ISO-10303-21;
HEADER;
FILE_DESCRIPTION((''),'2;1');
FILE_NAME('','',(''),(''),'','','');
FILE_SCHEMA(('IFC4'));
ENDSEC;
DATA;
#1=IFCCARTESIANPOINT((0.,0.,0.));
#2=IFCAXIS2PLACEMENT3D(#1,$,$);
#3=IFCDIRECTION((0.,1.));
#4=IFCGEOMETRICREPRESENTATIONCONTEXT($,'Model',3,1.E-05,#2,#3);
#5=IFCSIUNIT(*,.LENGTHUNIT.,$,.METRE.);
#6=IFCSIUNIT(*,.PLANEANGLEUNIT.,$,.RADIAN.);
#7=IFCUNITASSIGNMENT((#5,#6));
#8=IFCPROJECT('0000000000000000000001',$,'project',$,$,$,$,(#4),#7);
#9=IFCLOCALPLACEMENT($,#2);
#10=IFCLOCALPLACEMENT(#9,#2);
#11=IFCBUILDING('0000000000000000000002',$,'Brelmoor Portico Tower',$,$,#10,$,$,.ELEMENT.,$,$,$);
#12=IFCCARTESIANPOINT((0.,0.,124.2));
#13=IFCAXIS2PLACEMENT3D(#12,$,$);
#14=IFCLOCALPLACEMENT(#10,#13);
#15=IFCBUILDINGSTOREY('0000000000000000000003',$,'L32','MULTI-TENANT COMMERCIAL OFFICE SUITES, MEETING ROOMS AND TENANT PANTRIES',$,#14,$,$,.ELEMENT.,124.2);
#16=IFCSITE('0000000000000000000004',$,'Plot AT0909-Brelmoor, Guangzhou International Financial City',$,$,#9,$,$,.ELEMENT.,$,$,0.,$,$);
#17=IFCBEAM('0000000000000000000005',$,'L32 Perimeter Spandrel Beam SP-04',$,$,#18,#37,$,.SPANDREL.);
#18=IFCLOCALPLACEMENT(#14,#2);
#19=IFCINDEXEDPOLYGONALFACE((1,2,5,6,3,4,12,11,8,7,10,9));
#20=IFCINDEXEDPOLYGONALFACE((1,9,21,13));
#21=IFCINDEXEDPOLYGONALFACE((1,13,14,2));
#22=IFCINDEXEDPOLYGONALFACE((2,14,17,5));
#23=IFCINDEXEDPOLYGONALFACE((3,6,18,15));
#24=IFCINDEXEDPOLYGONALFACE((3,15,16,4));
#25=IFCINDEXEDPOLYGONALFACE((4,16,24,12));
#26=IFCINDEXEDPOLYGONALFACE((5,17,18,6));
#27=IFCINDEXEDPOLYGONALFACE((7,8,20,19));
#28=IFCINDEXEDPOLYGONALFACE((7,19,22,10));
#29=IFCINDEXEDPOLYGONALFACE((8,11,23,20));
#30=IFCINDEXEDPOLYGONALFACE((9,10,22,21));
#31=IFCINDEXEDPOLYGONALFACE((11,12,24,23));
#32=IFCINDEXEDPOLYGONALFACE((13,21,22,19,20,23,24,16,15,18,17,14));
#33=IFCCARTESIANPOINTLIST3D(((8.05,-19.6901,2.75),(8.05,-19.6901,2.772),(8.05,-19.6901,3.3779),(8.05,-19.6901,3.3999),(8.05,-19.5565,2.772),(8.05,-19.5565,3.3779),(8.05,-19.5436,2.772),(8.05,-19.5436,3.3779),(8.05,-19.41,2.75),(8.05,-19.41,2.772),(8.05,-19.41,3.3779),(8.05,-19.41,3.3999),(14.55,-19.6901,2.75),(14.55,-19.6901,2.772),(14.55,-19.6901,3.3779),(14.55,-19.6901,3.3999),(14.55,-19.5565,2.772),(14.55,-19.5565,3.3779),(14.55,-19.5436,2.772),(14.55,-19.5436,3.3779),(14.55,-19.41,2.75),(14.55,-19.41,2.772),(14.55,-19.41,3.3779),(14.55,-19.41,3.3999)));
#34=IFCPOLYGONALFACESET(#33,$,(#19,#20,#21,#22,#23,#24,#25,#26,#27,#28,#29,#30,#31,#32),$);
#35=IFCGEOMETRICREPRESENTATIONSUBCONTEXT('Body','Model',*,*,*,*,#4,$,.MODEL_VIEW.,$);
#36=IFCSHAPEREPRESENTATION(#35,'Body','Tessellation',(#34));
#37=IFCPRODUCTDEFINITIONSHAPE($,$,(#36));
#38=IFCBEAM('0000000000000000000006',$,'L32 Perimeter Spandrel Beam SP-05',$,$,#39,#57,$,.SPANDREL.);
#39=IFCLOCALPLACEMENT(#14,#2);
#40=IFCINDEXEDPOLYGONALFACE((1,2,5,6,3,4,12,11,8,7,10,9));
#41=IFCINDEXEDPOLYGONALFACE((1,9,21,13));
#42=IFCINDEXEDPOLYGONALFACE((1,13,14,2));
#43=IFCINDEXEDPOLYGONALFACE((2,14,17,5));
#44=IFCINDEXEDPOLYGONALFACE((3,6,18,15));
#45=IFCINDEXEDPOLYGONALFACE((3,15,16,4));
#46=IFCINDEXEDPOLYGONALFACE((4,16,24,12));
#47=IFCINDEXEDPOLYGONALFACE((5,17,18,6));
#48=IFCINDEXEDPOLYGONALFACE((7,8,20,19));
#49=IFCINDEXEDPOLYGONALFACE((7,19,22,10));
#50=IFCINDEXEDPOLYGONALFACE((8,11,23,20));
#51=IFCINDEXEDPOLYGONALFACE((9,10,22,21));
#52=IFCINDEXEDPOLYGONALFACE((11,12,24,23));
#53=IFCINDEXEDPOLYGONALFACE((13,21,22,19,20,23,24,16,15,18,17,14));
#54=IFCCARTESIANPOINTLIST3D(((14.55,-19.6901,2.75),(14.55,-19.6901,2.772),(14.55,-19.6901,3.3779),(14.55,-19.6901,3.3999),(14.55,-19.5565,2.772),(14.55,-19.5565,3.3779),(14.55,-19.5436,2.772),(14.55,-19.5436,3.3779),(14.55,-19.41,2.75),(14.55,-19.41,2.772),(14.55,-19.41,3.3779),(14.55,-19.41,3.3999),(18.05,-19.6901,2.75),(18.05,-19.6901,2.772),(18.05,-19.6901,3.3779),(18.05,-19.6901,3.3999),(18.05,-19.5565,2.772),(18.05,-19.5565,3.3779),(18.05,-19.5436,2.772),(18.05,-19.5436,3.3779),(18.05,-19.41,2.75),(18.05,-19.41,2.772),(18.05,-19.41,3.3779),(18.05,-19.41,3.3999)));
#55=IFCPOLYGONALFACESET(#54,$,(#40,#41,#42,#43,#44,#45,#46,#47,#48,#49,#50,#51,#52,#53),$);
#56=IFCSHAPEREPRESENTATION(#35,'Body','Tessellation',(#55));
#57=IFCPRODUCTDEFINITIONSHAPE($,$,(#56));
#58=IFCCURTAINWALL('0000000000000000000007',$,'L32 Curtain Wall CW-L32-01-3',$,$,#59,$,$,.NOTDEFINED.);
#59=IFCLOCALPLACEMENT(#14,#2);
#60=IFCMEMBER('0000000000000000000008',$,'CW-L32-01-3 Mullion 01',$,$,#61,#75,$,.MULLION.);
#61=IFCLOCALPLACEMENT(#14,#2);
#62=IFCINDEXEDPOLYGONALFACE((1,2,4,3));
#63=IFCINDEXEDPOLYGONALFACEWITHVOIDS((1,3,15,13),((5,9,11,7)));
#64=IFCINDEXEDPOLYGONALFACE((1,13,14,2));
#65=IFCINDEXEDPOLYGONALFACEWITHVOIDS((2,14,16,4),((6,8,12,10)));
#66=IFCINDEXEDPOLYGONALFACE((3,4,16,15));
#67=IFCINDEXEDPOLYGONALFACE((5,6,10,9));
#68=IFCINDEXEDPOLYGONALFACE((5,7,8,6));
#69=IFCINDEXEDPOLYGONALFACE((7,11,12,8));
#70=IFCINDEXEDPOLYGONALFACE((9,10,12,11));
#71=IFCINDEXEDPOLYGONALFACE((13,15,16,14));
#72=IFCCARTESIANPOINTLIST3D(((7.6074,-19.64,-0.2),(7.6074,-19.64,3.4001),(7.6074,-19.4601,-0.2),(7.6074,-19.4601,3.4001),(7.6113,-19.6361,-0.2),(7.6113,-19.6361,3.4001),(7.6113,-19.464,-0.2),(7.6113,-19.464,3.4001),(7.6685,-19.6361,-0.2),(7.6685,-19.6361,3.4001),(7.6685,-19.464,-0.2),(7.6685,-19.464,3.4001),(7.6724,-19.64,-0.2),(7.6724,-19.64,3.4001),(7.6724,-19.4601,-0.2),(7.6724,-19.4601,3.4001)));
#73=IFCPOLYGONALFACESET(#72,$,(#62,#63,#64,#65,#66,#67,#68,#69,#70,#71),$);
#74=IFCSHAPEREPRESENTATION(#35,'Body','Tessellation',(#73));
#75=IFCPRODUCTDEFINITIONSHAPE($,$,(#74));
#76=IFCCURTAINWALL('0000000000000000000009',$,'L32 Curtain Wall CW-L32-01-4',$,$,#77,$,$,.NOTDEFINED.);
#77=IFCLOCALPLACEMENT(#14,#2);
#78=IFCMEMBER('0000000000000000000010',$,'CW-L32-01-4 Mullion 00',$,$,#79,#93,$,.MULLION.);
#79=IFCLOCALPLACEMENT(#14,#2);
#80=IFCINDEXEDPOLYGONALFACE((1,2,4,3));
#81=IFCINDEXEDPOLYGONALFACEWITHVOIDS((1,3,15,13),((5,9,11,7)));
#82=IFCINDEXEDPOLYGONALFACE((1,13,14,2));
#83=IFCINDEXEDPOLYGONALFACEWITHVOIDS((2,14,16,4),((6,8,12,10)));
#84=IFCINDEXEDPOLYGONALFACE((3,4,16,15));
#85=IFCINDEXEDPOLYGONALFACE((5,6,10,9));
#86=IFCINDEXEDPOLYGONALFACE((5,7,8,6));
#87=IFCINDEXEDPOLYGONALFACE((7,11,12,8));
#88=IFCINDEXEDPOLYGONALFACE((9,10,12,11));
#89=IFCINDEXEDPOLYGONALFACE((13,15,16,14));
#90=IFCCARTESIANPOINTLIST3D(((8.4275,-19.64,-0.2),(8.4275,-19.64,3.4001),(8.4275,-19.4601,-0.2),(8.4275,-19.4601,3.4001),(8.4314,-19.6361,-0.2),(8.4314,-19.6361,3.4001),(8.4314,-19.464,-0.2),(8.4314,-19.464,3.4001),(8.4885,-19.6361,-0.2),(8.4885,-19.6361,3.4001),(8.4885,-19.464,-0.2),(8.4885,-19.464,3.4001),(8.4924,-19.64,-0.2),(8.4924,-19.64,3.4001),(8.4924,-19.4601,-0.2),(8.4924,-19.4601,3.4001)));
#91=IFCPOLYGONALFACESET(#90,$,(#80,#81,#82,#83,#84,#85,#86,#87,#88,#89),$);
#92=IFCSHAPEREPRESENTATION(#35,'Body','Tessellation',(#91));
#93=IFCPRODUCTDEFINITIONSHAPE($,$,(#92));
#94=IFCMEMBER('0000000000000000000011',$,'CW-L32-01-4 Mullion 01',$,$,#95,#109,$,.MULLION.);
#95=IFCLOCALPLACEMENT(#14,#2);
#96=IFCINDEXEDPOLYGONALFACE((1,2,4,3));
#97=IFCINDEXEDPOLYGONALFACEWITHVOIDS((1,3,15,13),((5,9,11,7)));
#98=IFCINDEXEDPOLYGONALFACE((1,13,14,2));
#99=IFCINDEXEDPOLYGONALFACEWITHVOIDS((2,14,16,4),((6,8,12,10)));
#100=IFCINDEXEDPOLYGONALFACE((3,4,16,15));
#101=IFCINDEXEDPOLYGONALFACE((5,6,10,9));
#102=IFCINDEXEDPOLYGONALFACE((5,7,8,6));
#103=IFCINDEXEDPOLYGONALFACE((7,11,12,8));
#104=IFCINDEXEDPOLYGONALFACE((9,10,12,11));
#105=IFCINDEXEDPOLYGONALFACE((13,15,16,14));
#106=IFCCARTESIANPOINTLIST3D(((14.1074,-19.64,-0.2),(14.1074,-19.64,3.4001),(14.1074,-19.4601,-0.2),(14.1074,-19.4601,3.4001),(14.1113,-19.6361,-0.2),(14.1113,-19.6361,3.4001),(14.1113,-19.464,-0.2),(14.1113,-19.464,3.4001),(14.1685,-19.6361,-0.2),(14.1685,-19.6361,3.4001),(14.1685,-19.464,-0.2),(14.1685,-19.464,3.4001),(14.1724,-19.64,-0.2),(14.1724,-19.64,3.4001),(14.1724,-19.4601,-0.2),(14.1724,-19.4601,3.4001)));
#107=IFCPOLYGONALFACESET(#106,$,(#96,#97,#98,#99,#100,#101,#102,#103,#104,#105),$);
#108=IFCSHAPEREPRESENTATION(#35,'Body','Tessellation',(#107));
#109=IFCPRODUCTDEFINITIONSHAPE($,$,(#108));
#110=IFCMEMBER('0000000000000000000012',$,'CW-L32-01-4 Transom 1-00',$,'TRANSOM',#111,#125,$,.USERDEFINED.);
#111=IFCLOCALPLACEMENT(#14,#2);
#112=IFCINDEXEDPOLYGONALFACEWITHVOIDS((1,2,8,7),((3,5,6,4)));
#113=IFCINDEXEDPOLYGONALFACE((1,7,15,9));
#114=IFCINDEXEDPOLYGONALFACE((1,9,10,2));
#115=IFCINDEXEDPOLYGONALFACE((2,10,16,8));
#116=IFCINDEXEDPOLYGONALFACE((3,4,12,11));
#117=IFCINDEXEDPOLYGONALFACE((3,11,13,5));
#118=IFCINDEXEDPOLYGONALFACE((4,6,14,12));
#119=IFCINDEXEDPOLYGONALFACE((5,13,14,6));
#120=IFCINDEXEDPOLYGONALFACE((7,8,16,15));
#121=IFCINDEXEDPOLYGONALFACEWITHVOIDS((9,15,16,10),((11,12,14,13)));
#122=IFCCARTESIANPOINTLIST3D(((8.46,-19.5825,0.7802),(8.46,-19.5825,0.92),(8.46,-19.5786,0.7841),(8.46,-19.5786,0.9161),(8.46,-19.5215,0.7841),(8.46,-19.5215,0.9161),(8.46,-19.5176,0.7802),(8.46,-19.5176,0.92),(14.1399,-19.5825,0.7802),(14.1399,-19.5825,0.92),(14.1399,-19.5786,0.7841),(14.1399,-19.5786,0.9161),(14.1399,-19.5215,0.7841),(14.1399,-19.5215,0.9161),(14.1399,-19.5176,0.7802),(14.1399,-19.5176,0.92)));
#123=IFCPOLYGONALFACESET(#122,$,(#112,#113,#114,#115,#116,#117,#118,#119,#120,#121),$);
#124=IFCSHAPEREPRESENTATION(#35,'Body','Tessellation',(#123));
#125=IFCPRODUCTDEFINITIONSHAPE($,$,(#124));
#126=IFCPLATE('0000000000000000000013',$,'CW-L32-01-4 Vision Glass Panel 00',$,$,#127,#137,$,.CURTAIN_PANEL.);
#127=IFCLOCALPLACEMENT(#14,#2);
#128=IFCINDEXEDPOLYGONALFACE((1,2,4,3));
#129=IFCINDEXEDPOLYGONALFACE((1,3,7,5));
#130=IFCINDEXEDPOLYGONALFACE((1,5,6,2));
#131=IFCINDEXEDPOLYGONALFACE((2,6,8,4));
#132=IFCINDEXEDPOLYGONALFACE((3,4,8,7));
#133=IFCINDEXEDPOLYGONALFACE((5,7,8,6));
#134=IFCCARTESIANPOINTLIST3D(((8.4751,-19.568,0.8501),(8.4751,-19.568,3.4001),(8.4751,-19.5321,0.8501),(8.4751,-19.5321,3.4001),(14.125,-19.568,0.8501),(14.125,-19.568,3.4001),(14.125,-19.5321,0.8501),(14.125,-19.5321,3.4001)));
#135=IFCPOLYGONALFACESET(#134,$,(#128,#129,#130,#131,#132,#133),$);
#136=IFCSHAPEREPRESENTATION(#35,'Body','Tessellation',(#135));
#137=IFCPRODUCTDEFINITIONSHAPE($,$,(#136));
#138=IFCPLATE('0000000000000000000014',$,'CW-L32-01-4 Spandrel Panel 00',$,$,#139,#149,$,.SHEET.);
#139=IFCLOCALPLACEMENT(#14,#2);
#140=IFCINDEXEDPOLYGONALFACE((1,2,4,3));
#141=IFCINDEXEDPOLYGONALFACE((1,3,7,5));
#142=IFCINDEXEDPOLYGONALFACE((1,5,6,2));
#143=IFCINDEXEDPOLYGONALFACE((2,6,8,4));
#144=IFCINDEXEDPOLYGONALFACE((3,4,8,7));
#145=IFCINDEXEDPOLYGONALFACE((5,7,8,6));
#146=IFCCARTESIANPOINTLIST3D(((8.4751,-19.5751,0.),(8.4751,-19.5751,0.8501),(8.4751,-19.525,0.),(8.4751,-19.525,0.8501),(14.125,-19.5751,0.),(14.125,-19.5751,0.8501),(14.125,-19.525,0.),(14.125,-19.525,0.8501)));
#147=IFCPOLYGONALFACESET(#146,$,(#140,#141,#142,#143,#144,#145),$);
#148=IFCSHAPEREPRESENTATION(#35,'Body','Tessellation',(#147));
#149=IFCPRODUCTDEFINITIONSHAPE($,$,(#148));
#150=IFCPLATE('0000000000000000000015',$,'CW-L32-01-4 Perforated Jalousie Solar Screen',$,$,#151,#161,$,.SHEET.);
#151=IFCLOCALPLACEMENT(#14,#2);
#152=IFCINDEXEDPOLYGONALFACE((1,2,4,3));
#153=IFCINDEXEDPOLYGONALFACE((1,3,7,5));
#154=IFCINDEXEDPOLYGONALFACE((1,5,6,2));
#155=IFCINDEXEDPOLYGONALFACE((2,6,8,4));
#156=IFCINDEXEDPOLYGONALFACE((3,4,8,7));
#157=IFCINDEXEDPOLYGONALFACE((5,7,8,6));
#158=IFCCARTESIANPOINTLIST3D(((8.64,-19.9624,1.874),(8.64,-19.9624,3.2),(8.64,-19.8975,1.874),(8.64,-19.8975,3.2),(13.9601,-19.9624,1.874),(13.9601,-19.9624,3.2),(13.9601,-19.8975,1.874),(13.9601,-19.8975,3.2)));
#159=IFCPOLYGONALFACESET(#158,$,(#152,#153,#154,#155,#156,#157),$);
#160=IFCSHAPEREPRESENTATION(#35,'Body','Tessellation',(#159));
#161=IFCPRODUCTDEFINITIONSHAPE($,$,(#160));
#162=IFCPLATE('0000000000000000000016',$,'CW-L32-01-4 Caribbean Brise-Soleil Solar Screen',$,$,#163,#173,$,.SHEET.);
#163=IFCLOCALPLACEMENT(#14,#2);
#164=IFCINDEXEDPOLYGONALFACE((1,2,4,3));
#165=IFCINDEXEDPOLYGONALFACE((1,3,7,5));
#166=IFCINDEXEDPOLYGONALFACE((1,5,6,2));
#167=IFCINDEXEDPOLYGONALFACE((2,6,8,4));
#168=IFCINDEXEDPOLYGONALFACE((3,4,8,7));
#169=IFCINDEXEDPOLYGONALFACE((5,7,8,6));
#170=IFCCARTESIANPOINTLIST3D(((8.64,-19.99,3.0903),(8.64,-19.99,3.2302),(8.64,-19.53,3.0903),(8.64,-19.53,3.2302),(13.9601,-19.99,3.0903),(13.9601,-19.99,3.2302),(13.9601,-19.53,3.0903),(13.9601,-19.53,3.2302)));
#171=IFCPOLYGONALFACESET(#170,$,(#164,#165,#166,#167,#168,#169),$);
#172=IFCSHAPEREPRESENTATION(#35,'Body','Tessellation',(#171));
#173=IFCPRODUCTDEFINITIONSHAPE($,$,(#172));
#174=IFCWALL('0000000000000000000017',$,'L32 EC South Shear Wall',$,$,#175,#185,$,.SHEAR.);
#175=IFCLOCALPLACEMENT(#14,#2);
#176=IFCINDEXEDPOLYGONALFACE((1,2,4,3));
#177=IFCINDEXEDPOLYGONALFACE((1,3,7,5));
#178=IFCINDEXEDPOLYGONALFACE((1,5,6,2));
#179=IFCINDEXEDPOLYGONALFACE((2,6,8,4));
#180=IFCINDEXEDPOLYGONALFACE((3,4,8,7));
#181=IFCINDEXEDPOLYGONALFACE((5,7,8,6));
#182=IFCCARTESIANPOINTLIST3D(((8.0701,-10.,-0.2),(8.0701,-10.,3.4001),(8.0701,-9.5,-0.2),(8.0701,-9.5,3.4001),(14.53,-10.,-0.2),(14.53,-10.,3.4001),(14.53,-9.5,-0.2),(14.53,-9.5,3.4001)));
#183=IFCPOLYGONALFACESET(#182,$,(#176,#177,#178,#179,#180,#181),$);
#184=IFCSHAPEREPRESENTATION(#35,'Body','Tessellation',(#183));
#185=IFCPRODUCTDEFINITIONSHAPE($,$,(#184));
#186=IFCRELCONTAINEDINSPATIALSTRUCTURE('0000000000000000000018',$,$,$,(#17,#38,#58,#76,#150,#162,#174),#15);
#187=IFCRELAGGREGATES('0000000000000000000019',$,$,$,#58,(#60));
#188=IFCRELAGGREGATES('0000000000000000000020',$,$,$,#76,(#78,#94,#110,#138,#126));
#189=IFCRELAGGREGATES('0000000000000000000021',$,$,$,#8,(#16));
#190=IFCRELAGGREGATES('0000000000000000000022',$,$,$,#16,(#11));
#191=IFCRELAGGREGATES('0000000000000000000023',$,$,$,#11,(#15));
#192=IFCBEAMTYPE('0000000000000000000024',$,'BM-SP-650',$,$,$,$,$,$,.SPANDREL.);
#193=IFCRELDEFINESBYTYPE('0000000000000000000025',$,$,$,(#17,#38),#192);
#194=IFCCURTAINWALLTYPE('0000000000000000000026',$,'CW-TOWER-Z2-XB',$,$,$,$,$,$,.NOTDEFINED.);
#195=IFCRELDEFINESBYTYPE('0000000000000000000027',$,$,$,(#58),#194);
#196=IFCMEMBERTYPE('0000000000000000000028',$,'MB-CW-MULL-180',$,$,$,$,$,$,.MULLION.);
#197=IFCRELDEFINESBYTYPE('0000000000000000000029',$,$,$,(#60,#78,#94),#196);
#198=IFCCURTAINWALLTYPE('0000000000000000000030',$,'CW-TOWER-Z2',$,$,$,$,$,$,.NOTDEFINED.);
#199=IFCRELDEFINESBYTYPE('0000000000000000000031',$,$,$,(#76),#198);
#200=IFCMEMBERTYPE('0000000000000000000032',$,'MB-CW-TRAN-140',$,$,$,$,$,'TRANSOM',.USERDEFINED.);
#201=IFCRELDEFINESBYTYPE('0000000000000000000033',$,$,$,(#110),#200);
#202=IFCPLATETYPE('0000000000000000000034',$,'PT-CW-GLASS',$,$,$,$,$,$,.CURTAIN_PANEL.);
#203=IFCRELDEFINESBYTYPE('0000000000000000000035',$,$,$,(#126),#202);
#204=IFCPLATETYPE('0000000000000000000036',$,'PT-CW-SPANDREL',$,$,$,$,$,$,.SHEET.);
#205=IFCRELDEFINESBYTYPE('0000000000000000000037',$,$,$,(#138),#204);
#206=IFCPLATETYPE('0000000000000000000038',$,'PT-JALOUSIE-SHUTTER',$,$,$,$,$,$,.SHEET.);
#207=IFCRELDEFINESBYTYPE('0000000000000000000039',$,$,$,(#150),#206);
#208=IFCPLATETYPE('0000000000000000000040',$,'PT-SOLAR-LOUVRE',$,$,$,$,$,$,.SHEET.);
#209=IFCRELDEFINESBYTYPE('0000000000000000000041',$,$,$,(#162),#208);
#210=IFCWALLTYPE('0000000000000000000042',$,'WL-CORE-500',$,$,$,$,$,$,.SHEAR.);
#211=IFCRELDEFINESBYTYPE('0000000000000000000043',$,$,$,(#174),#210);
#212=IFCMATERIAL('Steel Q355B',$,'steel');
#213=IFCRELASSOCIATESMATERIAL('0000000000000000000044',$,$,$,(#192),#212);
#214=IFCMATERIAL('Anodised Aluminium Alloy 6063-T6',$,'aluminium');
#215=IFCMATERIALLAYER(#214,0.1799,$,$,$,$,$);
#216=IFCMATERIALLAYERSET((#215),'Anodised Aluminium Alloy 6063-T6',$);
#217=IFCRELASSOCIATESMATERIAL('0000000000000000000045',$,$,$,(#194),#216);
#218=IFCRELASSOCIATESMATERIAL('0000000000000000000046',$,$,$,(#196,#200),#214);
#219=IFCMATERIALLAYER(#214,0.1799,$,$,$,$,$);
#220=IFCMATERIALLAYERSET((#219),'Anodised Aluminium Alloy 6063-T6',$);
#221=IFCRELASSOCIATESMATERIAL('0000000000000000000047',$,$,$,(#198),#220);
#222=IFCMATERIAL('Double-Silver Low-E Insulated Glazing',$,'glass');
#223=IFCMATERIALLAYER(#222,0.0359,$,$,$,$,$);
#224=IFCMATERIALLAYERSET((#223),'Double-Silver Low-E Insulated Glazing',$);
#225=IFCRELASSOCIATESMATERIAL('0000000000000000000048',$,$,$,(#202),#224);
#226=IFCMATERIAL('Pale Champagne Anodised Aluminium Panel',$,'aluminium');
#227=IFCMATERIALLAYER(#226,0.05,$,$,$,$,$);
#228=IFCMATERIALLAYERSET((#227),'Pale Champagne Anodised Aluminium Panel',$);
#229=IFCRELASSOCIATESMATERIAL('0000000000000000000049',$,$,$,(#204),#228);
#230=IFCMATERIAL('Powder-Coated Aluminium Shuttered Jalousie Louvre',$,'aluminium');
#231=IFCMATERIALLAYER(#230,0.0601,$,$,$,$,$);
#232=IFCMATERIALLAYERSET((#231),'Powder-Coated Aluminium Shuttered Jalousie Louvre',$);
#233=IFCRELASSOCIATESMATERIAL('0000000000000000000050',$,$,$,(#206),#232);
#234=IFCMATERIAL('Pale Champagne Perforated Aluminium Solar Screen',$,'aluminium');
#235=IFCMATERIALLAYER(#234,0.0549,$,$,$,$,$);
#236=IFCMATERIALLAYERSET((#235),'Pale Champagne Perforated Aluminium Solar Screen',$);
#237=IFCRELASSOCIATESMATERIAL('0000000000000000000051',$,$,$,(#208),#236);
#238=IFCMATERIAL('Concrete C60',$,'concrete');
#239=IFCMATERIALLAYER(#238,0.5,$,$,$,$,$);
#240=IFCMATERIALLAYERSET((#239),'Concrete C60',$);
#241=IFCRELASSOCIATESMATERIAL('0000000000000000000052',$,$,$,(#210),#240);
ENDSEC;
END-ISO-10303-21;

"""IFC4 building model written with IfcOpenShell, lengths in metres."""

from ifc_helpers import new_model, si_unit, direction, frame, frame_2d, origin, origin_2d, place, context, subcontext, project, spatial, rectangle, hollow_rectangle, i_section, extrude, material, layer, layer_set, material_profile, profile_set, type_object, element, aggregate, save


model = new_model("IFC4")

# Units and contexts
model_context = context("Model", 3, precision=1e-05, world=origin(), true_north=direction((0.0, 1.0)))
body_context = subcontext(model_context, "Body", "Model", "MODEL_VIEW")
ifc_project = project(units=[si_unit("LENGTHUNIT", "METRE"), si_unit("PLANEANGLEUNIT", "RADIAN")], contexts=[model_context])

# Site, building, storey
site_placement = place(None, origin())
site = spatial("IfcSite", under=ifc_project, at=site_placement, Name="Plot AT0909-Brelmoor, Guangzhou International Financial City", CompositionType="ELEMENT", RefElevation=0.0)
building_placement = place(site_placement, origin())
building = spatial("IfcBuilding", under=site, at=building_placement, Name="Brelmoor Portico Tower", CompositionType="ELEMENT")
storey_placement = place(building_placement, frame((0.0, 0.0, 124.2)))
storey = spatial("IfcBuildingStorey", under=building, at=storey_placement, Name="L32", Description="MULTI-TENANT COMMERCIAL OFFICE SUITES, MEETING ROOMS AND TENANT PANTRIES", CompositionType="ELEMENT", Elevation=124.2)

# Shared definitions
ifc_material_1 = material(Name="Steel Q355B", Category="steel")

# Beams
ifc_material_profile_1 = material_profile(ifc_material_1, i_section(OverallWidth=0.28, OverallDepth=0.6499, WebThickness=0.0129, FlangeThickness=0.022, at=origin_2d()), Name="HN 650x280x13x22")
ifc_profile_set_1 = profile_set([ifc_material_profile_1], Name="Steel Q355B")
beam_type_1 = type_object("IfcBeamType", Name="BM-SP-650", PredefinedType="SPANDREL", material=ifc_profile_set_1)
beam_1_placement = place(storey_placement, frame((8.05, -19.55, 3.075), z_axis=(1.0, 0.0, 0.0), x_axis=(0.0, 1.0, 0.0)))
element("IfcBeam", 1, at=beam_1_placement, inside=storey, type_object=beam_type_1, Name="L32 Perimeter Spandrel Beam SP-04", PredefinedType="SPANDREL", context=body_context, shape_type="SweptSolid", body=[
    extrude(i_section(OverallWidth=0.28, OverallDepth=0.6499, WebThickness=0.0129, FlangeThickness=0.022, at=origin_2d()), origin(), (0.0, 0.0, 1.0), 6.5),
])
beam_2_placement = place(storey_placement, frame((14.55, -19.55, 3.075), z_axis=(1.0, 0.0, 0.0), x_axis=(0.0, 1.0, 0.0)))
element("IfcBeam", 2, at=beam_2_placement, inside=storey, type_object=beam_type_1, Name="L32 Perimeter Spandrel Beam SP-05", PredefinedType="SPANDREL", context=body_context, shape_type="SweptSolid", body=[
    extrude(i_section(OverallWidth=0.28, OverallDepth=0.6499, WebThickness=0.0129, FlangeThickness=0.022, at=origin_2d()), origin(), (0.0, 0.0, 1.0), 3.5),
])

# Curtain wall, member
ifc_material_2 = material(Name="Anodised Aluminium Alloy 6063-T6", Category="aluminium")
ifc_layer_1 = layer(ifc_material_2, 0.1799)
ifc_layer_set_1 = layer_set([ifc_layer_1], Name="Anodised Aluminium Alloy 6063-T6")
curtain_wall_type_1 = type_object("IfcCurtainWallType", Name="CW-TOWER-Z2-XB", PredefinedType="NOTDEFINED", material=ifc_layer_set_1)
curtain_wall_1_placement = place(storey_placement, origin())
curtain_wall_1 = element("IfcCurtainWall", 3, at=curtain_wall_1_placement, inside=storey, type_object=curtain_wall_type_1, Name="L32 Curtain Wall CW-L32-01-3", PredefinedType="NOTDEFINED")
ifc_material_profile_2 = material_profile(ifc_material_2, hollow_rectangle(XDim=0.0649, YDim=0.1799, WallThickness=0.0039, at=origin_2d()), Name="ALU MULLION 65x180")
ifc_profile_set_2 = profile_set([ifc_material_profile_2], Name="Anodised Aluminium Alloy 6063-T6")
member_type_1 = type_object("IfcMemberType", Name="MB-CW-MULL-180", PredefinedType="MULLION", material=ifc_profile_set_2)
member_1_placement = place(storey_placement, frame((7.6399, -19.55, -0.2), z_axis=(0.0, 0.0, 1.0), x_axis=(1.0, 0.0, 0.0)))
member_1 = element("IfcMember", 4, at=member_1_placement, type_object=member_type_1, Name="CW-L32-01-3 Mullion 01", PredefinedType="MULLION", context=body_context, shape_type="SweptSolid", body=[
    extrude(hollow_rectangle(XDim=0.0649, YDim=0.1799, WallThickness=0.0039, at=origin_2d()), origin(), (0.0, 0.0, 1.0), 3.6001),
])
aggregate(curtain_wall_1, [member_1])

# Curtain wall, members, plates
ifc_layer_2 = layer(ifc_material_2, 0.1799)
ifc_layer_set_2 = layer_set([ifc_layer_2], Name="Anodised Aluminium Alloy 6063-T6")
curtain_wall_type_2 = type_object("IfcCurtainWallType", Name="CW-TOWER-Z2", PredefinedType="NOTDEFINED", material=ifc_layer_set_2)
curtain_wall_2_placement = place(storey_placement, origin())
curtain_wall_2 = element("IfcCurtainWall", 5, at=curtain_wall_2_placement, inside=storey, type_object=curtain_wall_type_2, Name="L32 Curtain Wall CW-L32-01-4", PredefinedType="NOTDEFINED")
member_2_placement = place(storey_placement, frame((8.46, -19.55, -0.2), z_axis=(0.0, 0.0, 1.0), x_axis=(1.0, 0.0, 0.0)))
member_2 = element("IfcMember", 6, at=member_2_placement, type_object=member_type_1, Name="CW-L32-01-4 Mullion 00", PredefinedType="MULLION", context=body_context, shape_type="SweptSolid", body=[
    extrude(hollow_rectangle(XDim=0.0649, YDim=0.1799, WallThickness=0.0039, at=origin_2d()), origin(), (0.0, 0.0, 1.0), 3.6001),
])
member_3_placement = place(storey_placement, frame((14.1399, -19.55, -0.2), z_axis=(0.0, 0.0, 1.0), x_axis=(1.0, 0.0, 0.0)))
member_3 = element("IfcMember", 7, at=member_3_placement, type_object=member_type_1, Name="CW-L32-01-4 Mullion 01", PredefinedType="MULLION", context=body_context, shape_type="SweptSolid", body=[
    extrude(hollow_rectangle(XDim=0.0649, YDim=0.1799, WallThickness=0.0039, at=origin_2d()), origin(), (0.0, 0.0, 1.0), 3.6001),
])
ifc_material_profile_3 = material_profile(ifc_material_2, hollow_rectangle(XDim=0.0649, YDim=0.1399, WallThickness=0.0039, at=origin_2d()), Name="ALU TRANSOM 65x140")
ifc_profile_set_3 = profile_set([ifc_material_profile_3], Name="Anodised Aluminium Alloy 6063-T6")
member_type_2 = type_object("IfcMemberType", Name="MB-CW-TRAN-140", ElementType="TRANSOM", PredefinedType="USERDEFINED", material=ifc_profile_set_3)
member_4_placement = place(storey_placement, frame((8.46, -19.55, 0.8501), z_axis=(1.0, 0.0, 0.0), x_axis=(0.0, 1.0, 0.0)))
member_4 = element("IfcMember", 8, at=member_4_placement, type_object=member_type_2, Name="CW-L32-01-4 Transom 1-00", ObjectType="TRANSOM", PredefinedType="USERDEFINED", context=body_context, shape_type="SweptSolid", body=[
    extrude(hollow_rectangle(XDim=0.0649, YDim=0.1399, WallThickness=0.0039, at=origin_2d()), origin(), (0.0, 0.0, 1.0), 5.6799),
])
ifc_material_3 = material(Name="Double-Silver Low-E Insulated Glazing", Category="glass")
ifc_layer_3 = layer(ifc_material_3, 0.0359)
ifc_layer_set_3 = layer_set([ifc_layer_3], Name="Double-Silver Low-E Insulated Glazing")
plate_type_1 = type_object("IfcPlateType", Name="PT-CW-GLASS", PredefinedType="CURTAIN_PANEL", material=ifc_layer_set_3)
plate_1_placement = place(storey_placement, frame((11.3, -19.55, 0.8501), z_axis=(0.0, 0.0, 1.0), x_axis=(1.0, 0.0, 0.0)))
plate_1 = element("IfcPlate", 9, at=plate_1_placement, type_object=plate_type_1, Name="CW-L32-01-4 Vision Glass Panel 00", PredefinedType="CURTAIN_PANEL", context=body_context, shape_type="SweptSolid", body=[
    extrude(rectangle(XDim=5.6499, YDim=0.0359, at=origin_2d()), origin(), (0.0, 0.0, 1.0), 2.55),
])
ifc_material_4 = material(Name="Pale Champagne Anodised Aluminium Panel", Category="aluminium")
ifc_layer_4 = layer(ifc_material_4, 0.05)
ifc_layer_set_4 = layer_set([ifc_layer_4], Name="Pale Champagne Anodised Aluminium Panel")
plate_type_2 = type_object("IfcPlateType", Name="PT-CW-SPANDREL", PredefinedType="SHEET", material=ifc_layer_set_4)
plate_2_placement = place(storey_placement, frame((11.3, -19.55, 0.0), z_axis=(0.0, 0.0, 1.0), x_axis=(1.0, 0.0, 0.0)))
plate_2 = element("IfcPlate", 10, at=plate_2_placement, type_object=plate_type_2, Name="CW-L32-01-4 Spandrel Panel 00", PredefinedType="SHEET", context=body_context, shape_type="SweptSolid", body=[
    extrude(rectangle(XDim=5.6499, YDim=0.05, at=origin_2d()), origin(), (0.0, 0.0, 1.0), 0.8501),
])
aggregate(curtain_wall_2, [member_2, member_3, member_4, plate_2, plate_1])

# Plates
ifc_material_5 = material(Name="Powder-Coated Aluminium Shuttered Jalousie Louvre", Category="aluminium")
ifc_layer_5 = layer(ifc_material_5, 0.0601)
ifc_layer_set_5 = layer_set([ifc_layer_5], Name="Powder-Coated Aluminium Shuttered Jalousie Louvre")
plate_type_3 = type_object("IfcPlateType", Name="PT-JALOUSIE-SHUTTER", PredefinedType="SHEET", material=ifc_layer_set_5)
plate_3_placement = place(storey_placement, frame((11.3, -19.9299, 1.874), z_axis=(0.0, 0.0, 1.0), x_axis=(1.0, 0.0, 0.0)))
element("IfcPlate", 11, at=plate_3_placement, inside=storey, type_object=plate_type_3, Name="CW-L32-01-4 Perforated Jalousie Solar Screen", PredefinedType="SHEET", context=body_context, shape_type="SweptSolid", body=[
    extrude(rectangle(XDim=5.3201, YDim=0.0649, at=origin_2d()), origin(), (0.0, 0.0, 1.0), 1.3259),
])
ifc_material_6 = material(Name="Pale Champagne Perforated Aluminium Solar Screen", Category="aluminium")
ifc_layer_6 = layer(ifc_material_6, 0.0549)
ifc_layer_set_6 = layer_set([ifc_layer_6], Name="Pale Champagne Perforated Aluminium Solar Screen")
plate_type_4 = type_object("IfcPlateType", Name="PT-SOLAR-LOUVRE", PredefinedType="SHEET", material=ifc_layer_set_6)
plate_4_placement = place(storey_placement, frame((11.3, -19.76, 3.0903), z_axis=(0.0, 0.0, 1.0), x_axis=(1.0, 0.0, 0.0)))
element("IfcPlate", 12, at=plate_4_placement, inside=storey, type_object=plate_type_4, Name="CW-L32-01-4 Caribbean Brise-Soleil Solar Screen", PredefinedType="SHEET", context=body_context, shape_type="SweptSolid", body=[
    extrude(rectangle(XDim=5.3201, YDim=0.46, at=origin_2d()), origin(), (0.0, 0.0, 1.0), 0.1399),
])

# Wall
ifc_material_7 = material(Name="Concrete C60", Category="concrete")
ifc_layer_7 = layer(ifc_material_7, 0.5)
ifc_layer_set_7 = layer_set([ifc_layer_7], Name="Concrete C60")
wall_type_1 = type_object("IfcWallType", Name="WL-CORE-500", PredefinedType="SHEAR", material=ifc_layer_set_7)
wall_1_placement = place(storey_placement, frame((8.0701, -9.75, -0.2), z_axis=(0.0, 0.0, 1.0), x_axis=(1.0, 0.0, 0.0)))
element("IfcWall", 13, at=wall_1_placement, inside=storey, type_object=wall_type_1, Name="L32 EC South Shear Wall", PredefinedType="SHEAR", context=body_context, shape_type="SweptSolid", body=[
    extrude(rectangle(XDim=6.46, YDim=0.5, at=frame_2d((3.23, 0.0))), origin(), (0.0, 0.0, 1.0), 3.6001),
])

save(model, "model.ifc")
